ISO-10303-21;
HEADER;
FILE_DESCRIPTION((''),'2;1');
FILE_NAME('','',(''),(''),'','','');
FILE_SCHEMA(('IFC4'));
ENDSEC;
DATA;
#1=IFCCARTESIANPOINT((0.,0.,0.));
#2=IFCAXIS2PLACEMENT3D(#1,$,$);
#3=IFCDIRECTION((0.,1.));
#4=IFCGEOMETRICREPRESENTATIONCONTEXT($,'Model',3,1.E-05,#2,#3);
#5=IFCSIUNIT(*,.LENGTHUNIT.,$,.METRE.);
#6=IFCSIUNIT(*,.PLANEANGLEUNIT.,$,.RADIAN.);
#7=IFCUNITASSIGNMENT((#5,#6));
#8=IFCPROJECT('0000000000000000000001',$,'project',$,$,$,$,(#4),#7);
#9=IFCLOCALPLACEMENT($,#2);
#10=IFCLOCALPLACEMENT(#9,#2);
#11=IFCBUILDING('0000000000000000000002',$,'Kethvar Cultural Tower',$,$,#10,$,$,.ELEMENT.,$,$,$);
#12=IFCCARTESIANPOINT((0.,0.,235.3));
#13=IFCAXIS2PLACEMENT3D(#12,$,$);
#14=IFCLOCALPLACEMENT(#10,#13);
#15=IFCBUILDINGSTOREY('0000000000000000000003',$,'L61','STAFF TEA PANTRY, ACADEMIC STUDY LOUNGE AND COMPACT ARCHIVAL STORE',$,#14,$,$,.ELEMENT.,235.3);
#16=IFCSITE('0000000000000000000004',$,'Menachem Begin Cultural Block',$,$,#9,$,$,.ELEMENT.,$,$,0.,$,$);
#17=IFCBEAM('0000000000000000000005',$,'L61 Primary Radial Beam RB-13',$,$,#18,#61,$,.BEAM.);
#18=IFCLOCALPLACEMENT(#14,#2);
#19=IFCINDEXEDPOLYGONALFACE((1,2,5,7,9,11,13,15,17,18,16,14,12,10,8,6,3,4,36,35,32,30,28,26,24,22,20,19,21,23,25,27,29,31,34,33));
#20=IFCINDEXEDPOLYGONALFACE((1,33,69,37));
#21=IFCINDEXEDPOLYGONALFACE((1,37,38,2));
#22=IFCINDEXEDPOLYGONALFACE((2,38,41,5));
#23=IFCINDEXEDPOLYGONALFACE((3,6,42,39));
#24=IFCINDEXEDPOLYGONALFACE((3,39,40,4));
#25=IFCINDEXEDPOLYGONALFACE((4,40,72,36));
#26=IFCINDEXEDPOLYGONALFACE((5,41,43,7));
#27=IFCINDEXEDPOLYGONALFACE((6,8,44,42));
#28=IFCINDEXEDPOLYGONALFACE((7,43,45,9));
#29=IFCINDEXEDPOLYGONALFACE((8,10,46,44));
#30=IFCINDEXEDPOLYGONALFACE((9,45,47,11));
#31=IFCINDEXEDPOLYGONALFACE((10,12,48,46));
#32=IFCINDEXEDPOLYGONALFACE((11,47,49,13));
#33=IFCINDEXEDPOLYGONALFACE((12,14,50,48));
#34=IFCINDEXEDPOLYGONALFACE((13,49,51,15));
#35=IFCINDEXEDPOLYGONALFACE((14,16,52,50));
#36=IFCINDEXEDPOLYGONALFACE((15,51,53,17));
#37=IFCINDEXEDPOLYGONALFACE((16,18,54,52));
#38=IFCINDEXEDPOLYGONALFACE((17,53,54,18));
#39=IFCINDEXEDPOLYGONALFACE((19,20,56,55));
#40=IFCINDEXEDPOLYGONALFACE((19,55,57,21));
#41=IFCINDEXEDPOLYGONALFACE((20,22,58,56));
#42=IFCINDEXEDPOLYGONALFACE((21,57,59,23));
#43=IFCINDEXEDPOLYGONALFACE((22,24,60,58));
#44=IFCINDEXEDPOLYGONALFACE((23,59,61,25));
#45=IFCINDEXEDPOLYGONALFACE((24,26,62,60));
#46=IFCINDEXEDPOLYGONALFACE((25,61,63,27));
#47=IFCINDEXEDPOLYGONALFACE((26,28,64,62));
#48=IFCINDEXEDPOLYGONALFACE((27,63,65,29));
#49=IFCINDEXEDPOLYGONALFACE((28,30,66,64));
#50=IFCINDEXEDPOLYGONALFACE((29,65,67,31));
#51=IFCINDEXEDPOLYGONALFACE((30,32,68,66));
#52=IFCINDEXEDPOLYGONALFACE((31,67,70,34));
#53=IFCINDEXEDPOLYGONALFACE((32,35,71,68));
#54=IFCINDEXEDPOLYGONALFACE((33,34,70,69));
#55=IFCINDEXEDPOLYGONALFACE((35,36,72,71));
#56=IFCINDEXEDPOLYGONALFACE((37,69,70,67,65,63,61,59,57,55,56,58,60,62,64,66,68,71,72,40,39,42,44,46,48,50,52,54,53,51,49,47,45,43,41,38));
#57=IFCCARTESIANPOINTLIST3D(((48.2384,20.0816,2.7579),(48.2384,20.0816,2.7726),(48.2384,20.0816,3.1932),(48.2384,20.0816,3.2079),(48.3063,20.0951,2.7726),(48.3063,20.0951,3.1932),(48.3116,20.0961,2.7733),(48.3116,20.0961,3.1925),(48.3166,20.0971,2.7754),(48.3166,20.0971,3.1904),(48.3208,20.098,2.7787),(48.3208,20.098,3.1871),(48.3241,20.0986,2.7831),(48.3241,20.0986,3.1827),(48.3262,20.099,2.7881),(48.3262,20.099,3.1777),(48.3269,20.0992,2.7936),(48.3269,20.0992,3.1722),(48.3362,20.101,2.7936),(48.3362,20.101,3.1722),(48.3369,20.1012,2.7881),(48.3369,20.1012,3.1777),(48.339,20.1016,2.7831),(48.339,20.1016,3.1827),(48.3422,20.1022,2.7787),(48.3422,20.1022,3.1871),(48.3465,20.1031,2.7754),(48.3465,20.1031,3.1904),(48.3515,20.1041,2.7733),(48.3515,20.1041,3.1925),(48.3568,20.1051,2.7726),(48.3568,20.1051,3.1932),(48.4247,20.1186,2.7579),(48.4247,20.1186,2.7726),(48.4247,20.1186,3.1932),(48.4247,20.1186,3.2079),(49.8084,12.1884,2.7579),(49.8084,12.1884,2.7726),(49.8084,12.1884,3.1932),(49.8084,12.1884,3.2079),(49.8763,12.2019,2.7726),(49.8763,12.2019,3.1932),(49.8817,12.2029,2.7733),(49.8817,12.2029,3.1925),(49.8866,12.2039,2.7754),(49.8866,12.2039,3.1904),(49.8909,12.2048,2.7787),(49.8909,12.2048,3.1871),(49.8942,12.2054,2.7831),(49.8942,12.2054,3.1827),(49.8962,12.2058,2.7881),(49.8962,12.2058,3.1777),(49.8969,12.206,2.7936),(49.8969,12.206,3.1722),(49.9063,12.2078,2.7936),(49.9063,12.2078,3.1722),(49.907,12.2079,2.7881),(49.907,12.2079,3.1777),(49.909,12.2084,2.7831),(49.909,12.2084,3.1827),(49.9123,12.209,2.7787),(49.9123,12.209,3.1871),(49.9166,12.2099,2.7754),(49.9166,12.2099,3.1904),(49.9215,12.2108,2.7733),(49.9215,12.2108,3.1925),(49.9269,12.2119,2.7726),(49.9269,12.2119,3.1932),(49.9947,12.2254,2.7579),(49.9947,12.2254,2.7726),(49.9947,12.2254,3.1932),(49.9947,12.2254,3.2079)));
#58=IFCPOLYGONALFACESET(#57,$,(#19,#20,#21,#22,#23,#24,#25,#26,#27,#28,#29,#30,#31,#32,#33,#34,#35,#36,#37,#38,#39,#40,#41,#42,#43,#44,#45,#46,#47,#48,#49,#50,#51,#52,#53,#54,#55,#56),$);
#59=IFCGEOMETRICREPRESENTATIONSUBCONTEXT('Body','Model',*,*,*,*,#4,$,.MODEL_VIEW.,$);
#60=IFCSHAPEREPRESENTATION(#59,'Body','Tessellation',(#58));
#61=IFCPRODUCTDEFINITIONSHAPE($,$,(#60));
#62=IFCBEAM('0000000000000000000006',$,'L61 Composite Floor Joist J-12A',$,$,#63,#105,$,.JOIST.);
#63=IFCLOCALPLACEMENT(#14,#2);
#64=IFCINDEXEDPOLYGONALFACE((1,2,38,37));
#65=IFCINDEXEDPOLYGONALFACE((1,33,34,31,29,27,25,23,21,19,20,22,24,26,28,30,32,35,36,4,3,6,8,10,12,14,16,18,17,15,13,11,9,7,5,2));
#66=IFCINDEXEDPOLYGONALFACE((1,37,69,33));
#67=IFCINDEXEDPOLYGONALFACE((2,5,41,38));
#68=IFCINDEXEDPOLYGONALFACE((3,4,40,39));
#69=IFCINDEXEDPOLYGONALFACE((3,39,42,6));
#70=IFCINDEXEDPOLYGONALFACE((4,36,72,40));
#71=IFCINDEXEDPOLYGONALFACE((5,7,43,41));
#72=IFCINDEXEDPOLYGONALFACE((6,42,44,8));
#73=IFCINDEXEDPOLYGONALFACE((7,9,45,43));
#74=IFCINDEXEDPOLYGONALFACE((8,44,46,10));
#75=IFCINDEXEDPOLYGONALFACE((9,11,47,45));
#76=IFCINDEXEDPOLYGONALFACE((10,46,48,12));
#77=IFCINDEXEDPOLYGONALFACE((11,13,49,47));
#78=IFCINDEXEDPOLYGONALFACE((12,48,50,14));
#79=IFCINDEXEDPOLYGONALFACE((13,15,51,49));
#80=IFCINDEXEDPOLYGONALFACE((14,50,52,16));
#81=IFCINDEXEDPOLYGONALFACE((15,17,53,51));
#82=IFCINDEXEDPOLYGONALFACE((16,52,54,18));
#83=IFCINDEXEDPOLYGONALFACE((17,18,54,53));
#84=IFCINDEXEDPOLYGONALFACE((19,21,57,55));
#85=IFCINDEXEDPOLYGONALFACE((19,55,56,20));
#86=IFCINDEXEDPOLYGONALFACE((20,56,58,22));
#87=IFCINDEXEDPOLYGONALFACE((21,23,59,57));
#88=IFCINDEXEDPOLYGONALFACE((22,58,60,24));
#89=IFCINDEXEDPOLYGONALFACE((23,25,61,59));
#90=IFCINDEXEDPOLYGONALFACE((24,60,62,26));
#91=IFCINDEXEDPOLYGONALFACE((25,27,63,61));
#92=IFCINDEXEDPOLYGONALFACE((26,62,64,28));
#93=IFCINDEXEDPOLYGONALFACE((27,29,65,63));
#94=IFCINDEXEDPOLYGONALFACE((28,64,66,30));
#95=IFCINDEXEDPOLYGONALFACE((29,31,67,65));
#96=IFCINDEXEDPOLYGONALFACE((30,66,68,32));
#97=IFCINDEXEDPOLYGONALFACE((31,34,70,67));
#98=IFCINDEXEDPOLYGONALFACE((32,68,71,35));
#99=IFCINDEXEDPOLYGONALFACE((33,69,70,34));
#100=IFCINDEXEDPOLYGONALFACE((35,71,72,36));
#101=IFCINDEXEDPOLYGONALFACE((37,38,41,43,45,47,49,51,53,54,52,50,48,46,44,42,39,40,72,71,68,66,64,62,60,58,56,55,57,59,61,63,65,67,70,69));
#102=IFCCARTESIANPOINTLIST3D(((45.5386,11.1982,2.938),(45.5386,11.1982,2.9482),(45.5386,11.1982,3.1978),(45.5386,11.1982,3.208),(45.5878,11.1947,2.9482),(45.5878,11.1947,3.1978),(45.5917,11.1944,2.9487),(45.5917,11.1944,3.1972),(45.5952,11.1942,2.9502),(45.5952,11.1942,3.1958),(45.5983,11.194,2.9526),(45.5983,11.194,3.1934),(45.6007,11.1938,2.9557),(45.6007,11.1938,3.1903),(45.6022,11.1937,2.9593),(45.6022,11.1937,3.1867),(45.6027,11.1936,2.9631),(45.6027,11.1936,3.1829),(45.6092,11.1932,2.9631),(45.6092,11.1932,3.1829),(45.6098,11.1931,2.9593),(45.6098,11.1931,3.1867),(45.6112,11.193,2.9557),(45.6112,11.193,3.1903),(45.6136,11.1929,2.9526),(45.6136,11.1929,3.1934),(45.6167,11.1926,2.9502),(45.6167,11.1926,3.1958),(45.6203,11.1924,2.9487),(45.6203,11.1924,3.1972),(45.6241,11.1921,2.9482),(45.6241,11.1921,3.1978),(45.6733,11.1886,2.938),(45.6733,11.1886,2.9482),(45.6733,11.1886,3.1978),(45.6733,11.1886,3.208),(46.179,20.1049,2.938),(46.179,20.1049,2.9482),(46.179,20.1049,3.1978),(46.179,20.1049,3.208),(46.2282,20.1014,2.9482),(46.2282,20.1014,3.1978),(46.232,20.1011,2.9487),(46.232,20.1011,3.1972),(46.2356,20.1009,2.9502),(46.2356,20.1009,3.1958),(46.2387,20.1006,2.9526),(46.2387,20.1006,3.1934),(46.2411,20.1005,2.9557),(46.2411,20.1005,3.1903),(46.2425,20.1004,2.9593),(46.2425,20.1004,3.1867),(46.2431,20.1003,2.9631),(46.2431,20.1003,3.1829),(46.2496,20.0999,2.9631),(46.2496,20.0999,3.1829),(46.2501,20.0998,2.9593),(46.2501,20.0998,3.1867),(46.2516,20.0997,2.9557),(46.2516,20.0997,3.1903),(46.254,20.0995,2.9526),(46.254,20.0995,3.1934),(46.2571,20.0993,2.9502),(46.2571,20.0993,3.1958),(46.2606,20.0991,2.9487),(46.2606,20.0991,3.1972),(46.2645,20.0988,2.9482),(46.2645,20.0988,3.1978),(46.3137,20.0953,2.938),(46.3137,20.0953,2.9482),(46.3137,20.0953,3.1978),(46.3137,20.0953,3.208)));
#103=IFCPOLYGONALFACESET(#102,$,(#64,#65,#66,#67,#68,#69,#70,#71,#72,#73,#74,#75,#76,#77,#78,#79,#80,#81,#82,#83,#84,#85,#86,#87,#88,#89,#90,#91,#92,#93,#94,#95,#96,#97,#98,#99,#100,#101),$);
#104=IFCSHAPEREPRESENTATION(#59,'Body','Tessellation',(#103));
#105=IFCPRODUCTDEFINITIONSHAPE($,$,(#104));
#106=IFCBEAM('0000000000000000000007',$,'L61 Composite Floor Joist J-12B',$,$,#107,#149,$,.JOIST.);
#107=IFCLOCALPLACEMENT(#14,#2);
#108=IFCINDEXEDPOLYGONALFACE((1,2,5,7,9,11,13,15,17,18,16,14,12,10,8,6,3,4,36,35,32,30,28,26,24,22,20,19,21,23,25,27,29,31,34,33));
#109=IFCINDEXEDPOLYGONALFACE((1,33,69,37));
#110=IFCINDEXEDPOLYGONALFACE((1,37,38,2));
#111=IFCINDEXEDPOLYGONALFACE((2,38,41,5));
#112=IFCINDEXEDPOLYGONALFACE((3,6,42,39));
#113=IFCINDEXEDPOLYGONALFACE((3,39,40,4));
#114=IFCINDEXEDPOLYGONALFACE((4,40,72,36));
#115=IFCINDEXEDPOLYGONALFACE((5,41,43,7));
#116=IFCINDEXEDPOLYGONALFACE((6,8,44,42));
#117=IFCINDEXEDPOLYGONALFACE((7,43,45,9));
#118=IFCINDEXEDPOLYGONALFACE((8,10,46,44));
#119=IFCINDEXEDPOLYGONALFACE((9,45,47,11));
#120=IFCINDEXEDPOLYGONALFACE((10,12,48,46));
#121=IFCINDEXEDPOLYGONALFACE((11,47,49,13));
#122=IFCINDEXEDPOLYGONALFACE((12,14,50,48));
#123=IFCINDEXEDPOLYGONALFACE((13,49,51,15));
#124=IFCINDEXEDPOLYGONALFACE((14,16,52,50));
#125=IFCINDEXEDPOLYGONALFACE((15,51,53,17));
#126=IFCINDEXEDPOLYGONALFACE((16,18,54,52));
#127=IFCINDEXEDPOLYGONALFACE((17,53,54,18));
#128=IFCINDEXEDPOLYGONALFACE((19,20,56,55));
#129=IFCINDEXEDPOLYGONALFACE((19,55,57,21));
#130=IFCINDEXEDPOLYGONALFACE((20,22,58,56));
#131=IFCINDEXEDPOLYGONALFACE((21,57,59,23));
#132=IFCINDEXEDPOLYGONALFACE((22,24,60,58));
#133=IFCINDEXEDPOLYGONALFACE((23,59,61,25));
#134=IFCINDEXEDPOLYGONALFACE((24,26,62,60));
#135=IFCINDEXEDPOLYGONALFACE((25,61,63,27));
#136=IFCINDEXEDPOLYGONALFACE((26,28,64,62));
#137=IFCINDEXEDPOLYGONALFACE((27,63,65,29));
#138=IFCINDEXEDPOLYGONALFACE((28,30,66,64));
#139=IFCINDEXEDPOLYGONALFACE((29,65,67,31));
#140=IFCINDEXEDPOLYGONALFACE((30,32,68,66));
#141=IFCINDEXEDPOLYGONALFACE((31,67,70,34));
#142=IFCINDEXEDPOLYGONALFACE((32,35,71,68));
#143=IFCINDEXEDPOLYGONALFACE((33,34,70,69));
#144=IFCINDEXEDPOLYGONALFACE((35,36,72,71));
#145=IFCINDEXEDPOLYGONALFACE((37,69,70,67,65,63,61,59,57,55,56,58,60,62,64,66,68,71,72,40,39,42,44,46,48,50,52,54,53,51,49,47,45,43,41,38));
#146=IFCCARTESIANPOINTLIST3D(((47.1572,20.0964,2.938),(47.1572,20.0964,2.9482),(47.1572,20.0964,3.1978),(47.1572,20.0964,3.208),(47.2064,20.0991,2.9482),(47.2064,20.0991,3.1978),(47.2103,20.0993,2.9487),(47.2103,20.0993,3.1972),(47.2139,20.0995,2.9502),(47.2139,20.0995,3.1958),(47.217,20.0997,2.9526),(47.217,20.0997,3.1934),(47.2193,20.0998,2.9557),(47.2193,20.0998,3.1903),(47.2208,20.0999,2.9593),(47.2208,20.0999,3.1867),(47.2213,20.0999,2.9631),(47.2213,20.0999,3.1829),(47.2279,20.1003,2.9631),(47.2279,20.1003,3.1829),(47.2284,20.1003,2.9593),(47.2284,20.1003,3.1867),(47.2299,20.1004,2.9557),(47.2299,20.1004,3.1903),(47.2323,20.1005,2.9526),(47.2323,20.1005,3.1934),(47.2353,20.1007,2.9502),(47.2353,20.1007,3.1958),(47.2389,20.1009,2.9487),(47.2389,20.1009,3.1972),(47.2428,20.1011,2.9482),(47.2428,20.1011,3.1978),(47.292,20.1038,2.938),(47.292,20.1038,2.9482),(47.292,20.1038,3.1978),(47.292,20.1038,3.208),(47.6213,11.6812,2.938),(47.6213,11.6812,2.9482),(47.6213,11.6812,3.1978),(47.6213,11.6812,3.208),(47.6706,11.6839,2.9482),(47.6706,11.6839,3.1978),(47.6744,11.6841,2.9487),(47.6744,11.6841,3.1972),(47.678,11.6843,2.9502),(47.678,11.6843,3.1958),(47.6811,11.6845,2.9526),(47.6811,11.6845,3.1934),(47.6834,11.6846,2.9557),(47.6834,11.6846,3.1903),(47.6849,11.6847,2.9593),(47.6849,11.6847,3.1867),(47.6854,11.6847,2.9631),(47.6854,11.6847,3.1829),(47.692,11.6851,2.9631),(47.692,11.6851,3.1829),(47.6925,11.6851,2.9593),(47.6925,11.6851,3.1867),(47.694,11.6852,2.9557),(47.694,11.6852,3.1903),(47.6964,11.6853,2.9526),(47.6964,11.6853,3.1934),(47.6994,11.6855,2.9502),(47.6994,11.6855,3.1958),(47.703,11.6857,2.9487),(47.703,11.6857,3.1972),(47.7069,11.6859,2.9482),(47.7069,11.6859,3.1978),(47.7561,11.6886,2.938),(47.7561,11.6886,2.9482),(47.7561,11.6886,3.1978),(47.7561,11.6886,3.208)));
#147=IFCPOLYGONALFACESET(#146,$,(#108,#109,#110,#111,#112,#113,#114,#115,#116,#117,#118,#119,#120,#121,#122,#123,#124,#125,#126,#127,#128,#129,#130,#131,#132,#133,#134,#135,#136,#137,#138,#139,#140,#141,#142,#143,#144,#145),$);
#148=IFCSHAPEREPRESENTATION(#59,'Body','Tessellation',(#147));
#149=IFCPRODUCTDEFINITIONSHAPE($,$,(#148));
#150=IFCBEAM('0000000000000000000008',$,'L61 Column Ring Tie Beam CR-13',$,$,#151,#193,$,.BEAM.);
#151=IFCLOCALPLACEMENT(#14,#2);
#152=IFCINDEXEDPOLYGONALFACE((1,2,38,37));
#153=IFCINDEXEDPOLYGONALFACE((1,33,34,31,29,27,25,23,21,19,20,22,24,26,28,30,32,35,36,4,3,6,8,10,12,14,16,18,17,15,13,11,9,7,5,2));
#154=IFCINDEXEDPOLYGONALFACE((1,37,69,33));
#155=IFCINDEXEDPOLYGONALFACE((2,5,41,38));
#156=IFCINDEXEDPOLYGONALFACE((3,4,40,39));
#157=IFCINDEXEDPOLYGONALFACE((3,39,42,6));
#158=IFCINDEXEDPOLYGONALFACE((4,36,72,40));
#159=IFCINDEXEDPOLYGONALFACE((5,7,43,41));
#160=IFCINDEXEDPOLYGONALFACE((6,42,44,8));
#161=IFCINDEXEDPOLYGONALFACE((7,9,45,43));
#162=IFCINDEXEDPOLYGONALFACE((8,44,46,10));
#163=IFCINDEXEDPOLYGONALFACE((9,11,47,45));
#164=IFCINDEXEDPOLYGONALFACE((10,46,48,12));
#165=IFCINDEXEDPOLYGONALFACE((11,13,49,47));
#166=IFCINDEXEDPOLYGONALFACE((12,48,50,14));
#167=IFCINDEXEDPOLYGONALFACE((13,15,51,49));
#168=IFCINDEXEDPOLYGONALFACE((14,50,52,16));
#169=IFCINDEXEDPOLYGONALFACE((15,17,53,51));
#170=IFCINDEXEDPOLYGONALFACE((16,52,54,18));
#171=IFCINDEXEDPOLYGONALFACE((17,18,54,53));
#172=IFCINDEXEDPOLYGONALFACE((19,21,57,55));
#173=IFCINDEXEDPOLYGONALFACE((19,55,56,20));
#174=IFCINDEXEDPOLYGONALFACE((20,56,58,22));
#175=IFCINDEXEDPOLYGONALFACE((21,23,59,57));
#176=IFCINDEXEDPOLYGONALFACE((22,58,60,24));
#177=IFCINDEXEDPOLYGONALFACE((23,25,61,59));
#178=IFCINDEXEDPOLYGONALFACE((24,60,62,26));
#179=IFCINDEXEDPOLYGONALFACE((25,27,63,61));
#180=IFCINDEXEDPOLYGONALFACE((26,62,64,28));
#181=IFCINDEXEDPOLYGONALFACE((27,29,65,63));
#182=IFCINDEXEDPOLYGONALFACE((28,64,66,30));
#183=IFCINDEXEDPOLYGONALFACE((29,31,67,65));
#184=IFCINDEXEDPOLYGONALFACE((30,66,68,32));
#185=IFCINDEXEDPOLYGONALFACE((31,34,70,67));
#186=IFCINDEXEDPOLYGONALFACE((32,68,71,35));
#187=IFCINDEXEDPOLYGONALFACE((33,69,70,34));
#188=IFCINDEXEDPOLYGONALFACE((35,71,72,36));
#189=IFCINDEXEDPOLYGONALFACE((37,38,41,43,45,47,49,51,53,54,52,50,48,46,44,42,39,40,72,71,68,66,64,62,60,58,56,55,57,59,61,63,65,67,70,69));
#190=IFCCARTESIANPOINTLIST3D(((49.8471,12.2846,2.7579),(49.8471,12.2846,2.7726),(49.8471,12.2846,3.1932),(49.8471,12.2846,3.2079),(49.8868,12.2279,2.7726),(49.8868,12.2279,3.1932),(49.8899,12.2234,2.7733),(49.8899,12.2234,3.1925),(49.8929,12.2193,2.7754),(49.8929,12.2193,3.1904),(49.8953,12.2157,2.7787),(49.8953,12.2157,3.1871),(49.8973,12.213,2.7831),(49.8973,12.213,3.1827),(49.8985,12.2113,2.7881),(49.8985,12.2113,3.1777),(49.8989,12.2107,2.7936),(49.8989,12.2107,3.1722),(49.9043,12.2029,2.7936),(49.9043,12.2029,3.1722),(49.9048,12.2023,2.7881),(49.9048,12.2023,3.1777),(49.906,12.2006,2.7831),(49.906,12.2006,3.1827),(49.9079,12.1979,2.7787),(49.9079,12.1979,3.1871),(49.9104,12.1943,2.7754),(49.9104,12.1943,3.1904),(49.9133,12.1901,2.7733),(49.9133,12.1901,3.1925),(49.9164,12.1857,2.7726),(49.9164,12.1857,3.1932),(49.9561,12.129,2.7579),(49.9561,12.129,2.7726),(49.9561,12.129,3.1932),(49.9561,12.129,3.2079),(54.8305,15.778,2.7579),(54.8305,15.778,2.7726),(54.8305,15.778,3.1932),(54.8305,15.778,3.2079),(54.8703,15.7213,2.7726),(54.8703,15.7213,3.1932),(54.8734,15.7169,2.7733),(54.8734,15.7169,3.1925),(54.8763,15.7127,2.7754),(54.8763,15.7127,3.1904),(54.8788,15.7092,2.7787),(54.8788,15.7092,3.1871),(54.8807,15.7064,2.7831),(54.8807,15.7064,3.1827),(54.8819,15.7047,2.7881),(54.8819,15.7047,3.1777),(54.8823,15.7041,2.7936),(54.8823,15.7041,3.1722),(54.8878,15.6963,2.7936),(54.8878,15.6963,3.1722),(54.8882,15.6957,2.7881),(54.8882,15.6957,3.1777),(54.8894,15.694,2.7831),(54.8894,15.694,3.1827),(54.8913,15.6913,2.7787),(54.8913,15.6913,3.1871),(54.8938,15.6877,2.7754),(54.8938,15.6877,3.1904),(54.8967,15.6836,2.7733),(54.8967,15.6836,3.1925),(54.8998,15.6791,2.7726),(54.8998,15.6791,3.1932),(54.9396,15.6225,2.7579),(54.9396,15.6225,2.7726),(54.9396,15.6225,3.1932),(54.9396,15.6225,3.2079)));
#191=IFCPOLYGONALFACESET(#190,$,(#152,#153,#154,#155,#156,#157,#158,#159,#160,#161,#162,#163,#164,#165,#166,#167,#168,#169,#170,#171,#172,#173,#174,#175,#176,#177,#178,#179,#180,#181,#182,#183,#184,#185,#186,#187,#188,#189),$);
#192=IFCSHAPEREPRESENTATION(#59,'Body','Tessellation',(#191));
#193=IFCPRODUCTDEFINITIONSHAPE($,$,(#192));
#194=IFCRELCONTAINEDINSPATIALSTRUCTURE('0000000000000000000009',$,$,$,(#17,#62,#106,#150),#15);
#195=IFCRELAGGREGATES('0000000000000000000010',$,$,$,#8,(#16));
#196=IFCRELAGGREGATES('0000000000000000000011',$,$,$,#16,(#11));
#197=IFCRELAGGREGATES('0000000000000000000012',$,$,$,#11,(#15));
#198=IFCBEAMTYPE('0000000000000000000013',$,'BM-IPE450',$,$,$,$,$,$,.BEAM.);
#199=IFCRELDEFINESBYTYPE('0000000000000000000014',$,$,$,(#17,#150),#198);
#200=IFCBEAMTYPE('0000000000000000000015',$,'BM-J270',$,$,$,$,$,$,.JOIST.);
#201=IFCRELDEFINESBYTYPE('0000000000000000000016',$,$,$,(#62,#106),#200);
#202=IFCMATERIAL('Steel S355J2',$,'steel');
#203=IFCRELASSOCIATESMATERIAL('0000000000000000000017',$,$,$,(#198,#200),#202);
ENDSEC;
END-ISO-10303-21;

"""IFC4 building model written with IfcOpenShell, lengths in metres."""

from ifc_helpers import new_model, si_unit, direction, frame, origin, origin_2d, place, context, subcontext, project, spatial, i_section, extrude, source, transform, mapped, material, material_profile, profile_set, type_object, element, save


model = new_model("IFC4")

# Units and contexts
model_context = context("Model", 3, precision=1e-05, world=origin(), true_north=direction((0.0, 1.0)))
body_context = subcontext(model_context, "Body", "Model", "MODEL_VIEW")
ifc_project = project(units=[si_unit("LENGTHUNIT", "METRE"), si_unit("PLANEANGLEUNIT", "RADIAN")], contexts=[model_context])

# Site, building, storey
site_placement = place(None, origin())
site = spatial("IfcSite", under=ifc_project, at=site_placement, Name="Menachem Begin Cultural Block", CompositionType="ELEMENT", RefElevation=0.0)
building_placement = place(site_placement, origin())
building = spatial("IfcBuilding", under=site, at=building_placement, Name="Kethvar Cultural Tower", CompositionType="ELEMENT")
storey_placement = place(building_placement, frame((0.0, 0.0, 235.3)))
storey = spatial("IfcBuildingStorey", under=building, at=storey_placement, Name="L61", Description="STAFF TEA PANTRY, ACADEMIC STUDY LOUNGE AND COMPACT ARCHIVAL STORE", CompositionType="ELEMENT", Elevation=235.3)

# Beams
ifc_material_1 = material(Name="Steel S355J2", Category="steel")
ifc_material_profile_1 = material_profile(ifc_material_1, i_section(OverallWidth=0.1899, OverallDepth=0.45, WebThickness=0.0095, FlangeThickness=0.0146, FilletRadius=0.021, at=origin_2d()), Name="Steel S355J2 — IPE450")
ifc_profile_set_1 = profile_set([ifc_material_profile_1], Name="Steel S355J2 — IPE450")
beam_type_1 = type_object("IfcBeamType", Name="BM-IPE450", PredefinedType="BEAM", material=ifc_profile_set_1)
shared_shape_1 = source(origin(), body_context, "Body", "SweptSolid", [
    extrude(i_section(OverallWidth=0.1899, OverallDepth=0.45, WebThickness=0.0095, FlangeThickness=0.0146, FilletRadius=0.021, at=origin_2d()), origin(), (0.0, 0.0, 1.0), 8.0479),
])
beam_1_placement = place(storey_placement, frame((48.3315, 20.1001, 2.9829), z_axis=(0.195089, -0.980785, 0.0), x_axis=(0.980785, 0.195089, 0.0)))
element("IfcBeam", 1, at=beam_1_placement, inside=storey, type_object=beam_type_1, Name="L61 Primary Radial Beam RB-13", PredefinedType="BEAM", context=body_context, shape_type="MappedRepresentation", body=[
    mapped(shared_shape_1, transform((0.0, 0.0, 0.0), scale=1.0)),
])
ifc_material_profile_2 = material_profile(ifc_material_1, i_section(OverallWidth=0.135, OverallDepth=0.27, WebThickness=0.0066, FlangeThickness=0.0103, FilletRadius=0.0149, at=origin_2d()), Name="Steel S355J2 — IPE270")
ifc_profile_set_2 = profile_set([ifc_material_profile_2], Name="Steel S355J2 — IPE270")
beam_type_2 = type_object("IfcBeamType", Name="BM-J270", PredefinedType="JOIST", material=ifc_profile_set_2)
shared_shape_2 = source(origin(), body_context, "Body", "SweptSolid", [
    extrude(i_section(OverallWidth=0.135, OverallDepth=0.27, WebThickness=0.0066, FlangeThickness=0.0103, FilletRadius=0.0149, at=origin_2d()), origin(), (0.0, 0.0, 1.0), 8.9297),
])
beam_2_placement = place(storey_placement, frame((46.2463, 20.1001, 3.073), z_axis=(-0.071713, -0.997425, 0.0), x_axis=(0.997425, -0.071713, 0.0)))
element("IfcBeam", 2, at=beam_2_placement, inside=storey, type_object=beam_type_2, Name="L61 Composite Floor Joist J-12A", PredefinedType="JOIST", context=body_context, shape_type="MappedRepresentation", body=[
    mapped(shared_shape_2, transform((0.0, 0.0, 0.0), scale=1.0)),
])
shared_shape_3 = source(origin(), body_context, "Body", "SweptSolid", [
    extrude(i_section(OverallWidth=0.135, OverallDepth=0.27, WebThickness=0.0066, FlangeThickness=0.0103, FilletRadius=0.0149, at=origin_2d()), origin(), (0.0, 0.0, 1.0), 8.428),
])
beam_3_placement = place(storey_placement, frame((47.2246, 20.1001, 3.073), z_axis=(0.055067, -0.998483, 0.0), x_axis=(0.998483, 0.055067, 0.0)))
element("IfcBeam", 3, at=beam_3_placement, inside=storey, type_object=beam_type_2, Name="L61 Composite Floor Joist J-12B", PredefinedType="JOIST", context=body_context, shape_type="MappedRepresentation", body=[
    mapped(shared_shape_3, transform((0.0, 0.0, 0.0), scale=1.0)),
])
shared_shape_4 = source(origin(), body_context, "Body", "SweptSolid", [
    extrude(i_section(OverallWidth=0.1899, OverallDepth=0.45, WebThickness=0.0095, FlangeThickness=0.0146, FilletRadius=0.021, at=origin_2d()), origin(), (0.0, 0.0, 1.0), 6.0859),
])
beam_4_placement = place(storey_placement, frame((49.9016, 12.2068, 2.9829), z_axis=(0.818843, 0.574017, 0.0), x_axis=(-0.574017, 0.818843, 0.0)))
element("IfcBeam", 4, at=beam_4_placement, inside=storey, type_object=beam_type_1, Name="L61 Column Ring Tie Beam CR-13", PredefinedType="BEAM", context=body_context, shape_type="MappedRepresentation", body=[
    mapped(shared_shape_4, transform((0.0, 0.0, 0.0), scale=1.0)),
])

save(model, "model.ifc")
